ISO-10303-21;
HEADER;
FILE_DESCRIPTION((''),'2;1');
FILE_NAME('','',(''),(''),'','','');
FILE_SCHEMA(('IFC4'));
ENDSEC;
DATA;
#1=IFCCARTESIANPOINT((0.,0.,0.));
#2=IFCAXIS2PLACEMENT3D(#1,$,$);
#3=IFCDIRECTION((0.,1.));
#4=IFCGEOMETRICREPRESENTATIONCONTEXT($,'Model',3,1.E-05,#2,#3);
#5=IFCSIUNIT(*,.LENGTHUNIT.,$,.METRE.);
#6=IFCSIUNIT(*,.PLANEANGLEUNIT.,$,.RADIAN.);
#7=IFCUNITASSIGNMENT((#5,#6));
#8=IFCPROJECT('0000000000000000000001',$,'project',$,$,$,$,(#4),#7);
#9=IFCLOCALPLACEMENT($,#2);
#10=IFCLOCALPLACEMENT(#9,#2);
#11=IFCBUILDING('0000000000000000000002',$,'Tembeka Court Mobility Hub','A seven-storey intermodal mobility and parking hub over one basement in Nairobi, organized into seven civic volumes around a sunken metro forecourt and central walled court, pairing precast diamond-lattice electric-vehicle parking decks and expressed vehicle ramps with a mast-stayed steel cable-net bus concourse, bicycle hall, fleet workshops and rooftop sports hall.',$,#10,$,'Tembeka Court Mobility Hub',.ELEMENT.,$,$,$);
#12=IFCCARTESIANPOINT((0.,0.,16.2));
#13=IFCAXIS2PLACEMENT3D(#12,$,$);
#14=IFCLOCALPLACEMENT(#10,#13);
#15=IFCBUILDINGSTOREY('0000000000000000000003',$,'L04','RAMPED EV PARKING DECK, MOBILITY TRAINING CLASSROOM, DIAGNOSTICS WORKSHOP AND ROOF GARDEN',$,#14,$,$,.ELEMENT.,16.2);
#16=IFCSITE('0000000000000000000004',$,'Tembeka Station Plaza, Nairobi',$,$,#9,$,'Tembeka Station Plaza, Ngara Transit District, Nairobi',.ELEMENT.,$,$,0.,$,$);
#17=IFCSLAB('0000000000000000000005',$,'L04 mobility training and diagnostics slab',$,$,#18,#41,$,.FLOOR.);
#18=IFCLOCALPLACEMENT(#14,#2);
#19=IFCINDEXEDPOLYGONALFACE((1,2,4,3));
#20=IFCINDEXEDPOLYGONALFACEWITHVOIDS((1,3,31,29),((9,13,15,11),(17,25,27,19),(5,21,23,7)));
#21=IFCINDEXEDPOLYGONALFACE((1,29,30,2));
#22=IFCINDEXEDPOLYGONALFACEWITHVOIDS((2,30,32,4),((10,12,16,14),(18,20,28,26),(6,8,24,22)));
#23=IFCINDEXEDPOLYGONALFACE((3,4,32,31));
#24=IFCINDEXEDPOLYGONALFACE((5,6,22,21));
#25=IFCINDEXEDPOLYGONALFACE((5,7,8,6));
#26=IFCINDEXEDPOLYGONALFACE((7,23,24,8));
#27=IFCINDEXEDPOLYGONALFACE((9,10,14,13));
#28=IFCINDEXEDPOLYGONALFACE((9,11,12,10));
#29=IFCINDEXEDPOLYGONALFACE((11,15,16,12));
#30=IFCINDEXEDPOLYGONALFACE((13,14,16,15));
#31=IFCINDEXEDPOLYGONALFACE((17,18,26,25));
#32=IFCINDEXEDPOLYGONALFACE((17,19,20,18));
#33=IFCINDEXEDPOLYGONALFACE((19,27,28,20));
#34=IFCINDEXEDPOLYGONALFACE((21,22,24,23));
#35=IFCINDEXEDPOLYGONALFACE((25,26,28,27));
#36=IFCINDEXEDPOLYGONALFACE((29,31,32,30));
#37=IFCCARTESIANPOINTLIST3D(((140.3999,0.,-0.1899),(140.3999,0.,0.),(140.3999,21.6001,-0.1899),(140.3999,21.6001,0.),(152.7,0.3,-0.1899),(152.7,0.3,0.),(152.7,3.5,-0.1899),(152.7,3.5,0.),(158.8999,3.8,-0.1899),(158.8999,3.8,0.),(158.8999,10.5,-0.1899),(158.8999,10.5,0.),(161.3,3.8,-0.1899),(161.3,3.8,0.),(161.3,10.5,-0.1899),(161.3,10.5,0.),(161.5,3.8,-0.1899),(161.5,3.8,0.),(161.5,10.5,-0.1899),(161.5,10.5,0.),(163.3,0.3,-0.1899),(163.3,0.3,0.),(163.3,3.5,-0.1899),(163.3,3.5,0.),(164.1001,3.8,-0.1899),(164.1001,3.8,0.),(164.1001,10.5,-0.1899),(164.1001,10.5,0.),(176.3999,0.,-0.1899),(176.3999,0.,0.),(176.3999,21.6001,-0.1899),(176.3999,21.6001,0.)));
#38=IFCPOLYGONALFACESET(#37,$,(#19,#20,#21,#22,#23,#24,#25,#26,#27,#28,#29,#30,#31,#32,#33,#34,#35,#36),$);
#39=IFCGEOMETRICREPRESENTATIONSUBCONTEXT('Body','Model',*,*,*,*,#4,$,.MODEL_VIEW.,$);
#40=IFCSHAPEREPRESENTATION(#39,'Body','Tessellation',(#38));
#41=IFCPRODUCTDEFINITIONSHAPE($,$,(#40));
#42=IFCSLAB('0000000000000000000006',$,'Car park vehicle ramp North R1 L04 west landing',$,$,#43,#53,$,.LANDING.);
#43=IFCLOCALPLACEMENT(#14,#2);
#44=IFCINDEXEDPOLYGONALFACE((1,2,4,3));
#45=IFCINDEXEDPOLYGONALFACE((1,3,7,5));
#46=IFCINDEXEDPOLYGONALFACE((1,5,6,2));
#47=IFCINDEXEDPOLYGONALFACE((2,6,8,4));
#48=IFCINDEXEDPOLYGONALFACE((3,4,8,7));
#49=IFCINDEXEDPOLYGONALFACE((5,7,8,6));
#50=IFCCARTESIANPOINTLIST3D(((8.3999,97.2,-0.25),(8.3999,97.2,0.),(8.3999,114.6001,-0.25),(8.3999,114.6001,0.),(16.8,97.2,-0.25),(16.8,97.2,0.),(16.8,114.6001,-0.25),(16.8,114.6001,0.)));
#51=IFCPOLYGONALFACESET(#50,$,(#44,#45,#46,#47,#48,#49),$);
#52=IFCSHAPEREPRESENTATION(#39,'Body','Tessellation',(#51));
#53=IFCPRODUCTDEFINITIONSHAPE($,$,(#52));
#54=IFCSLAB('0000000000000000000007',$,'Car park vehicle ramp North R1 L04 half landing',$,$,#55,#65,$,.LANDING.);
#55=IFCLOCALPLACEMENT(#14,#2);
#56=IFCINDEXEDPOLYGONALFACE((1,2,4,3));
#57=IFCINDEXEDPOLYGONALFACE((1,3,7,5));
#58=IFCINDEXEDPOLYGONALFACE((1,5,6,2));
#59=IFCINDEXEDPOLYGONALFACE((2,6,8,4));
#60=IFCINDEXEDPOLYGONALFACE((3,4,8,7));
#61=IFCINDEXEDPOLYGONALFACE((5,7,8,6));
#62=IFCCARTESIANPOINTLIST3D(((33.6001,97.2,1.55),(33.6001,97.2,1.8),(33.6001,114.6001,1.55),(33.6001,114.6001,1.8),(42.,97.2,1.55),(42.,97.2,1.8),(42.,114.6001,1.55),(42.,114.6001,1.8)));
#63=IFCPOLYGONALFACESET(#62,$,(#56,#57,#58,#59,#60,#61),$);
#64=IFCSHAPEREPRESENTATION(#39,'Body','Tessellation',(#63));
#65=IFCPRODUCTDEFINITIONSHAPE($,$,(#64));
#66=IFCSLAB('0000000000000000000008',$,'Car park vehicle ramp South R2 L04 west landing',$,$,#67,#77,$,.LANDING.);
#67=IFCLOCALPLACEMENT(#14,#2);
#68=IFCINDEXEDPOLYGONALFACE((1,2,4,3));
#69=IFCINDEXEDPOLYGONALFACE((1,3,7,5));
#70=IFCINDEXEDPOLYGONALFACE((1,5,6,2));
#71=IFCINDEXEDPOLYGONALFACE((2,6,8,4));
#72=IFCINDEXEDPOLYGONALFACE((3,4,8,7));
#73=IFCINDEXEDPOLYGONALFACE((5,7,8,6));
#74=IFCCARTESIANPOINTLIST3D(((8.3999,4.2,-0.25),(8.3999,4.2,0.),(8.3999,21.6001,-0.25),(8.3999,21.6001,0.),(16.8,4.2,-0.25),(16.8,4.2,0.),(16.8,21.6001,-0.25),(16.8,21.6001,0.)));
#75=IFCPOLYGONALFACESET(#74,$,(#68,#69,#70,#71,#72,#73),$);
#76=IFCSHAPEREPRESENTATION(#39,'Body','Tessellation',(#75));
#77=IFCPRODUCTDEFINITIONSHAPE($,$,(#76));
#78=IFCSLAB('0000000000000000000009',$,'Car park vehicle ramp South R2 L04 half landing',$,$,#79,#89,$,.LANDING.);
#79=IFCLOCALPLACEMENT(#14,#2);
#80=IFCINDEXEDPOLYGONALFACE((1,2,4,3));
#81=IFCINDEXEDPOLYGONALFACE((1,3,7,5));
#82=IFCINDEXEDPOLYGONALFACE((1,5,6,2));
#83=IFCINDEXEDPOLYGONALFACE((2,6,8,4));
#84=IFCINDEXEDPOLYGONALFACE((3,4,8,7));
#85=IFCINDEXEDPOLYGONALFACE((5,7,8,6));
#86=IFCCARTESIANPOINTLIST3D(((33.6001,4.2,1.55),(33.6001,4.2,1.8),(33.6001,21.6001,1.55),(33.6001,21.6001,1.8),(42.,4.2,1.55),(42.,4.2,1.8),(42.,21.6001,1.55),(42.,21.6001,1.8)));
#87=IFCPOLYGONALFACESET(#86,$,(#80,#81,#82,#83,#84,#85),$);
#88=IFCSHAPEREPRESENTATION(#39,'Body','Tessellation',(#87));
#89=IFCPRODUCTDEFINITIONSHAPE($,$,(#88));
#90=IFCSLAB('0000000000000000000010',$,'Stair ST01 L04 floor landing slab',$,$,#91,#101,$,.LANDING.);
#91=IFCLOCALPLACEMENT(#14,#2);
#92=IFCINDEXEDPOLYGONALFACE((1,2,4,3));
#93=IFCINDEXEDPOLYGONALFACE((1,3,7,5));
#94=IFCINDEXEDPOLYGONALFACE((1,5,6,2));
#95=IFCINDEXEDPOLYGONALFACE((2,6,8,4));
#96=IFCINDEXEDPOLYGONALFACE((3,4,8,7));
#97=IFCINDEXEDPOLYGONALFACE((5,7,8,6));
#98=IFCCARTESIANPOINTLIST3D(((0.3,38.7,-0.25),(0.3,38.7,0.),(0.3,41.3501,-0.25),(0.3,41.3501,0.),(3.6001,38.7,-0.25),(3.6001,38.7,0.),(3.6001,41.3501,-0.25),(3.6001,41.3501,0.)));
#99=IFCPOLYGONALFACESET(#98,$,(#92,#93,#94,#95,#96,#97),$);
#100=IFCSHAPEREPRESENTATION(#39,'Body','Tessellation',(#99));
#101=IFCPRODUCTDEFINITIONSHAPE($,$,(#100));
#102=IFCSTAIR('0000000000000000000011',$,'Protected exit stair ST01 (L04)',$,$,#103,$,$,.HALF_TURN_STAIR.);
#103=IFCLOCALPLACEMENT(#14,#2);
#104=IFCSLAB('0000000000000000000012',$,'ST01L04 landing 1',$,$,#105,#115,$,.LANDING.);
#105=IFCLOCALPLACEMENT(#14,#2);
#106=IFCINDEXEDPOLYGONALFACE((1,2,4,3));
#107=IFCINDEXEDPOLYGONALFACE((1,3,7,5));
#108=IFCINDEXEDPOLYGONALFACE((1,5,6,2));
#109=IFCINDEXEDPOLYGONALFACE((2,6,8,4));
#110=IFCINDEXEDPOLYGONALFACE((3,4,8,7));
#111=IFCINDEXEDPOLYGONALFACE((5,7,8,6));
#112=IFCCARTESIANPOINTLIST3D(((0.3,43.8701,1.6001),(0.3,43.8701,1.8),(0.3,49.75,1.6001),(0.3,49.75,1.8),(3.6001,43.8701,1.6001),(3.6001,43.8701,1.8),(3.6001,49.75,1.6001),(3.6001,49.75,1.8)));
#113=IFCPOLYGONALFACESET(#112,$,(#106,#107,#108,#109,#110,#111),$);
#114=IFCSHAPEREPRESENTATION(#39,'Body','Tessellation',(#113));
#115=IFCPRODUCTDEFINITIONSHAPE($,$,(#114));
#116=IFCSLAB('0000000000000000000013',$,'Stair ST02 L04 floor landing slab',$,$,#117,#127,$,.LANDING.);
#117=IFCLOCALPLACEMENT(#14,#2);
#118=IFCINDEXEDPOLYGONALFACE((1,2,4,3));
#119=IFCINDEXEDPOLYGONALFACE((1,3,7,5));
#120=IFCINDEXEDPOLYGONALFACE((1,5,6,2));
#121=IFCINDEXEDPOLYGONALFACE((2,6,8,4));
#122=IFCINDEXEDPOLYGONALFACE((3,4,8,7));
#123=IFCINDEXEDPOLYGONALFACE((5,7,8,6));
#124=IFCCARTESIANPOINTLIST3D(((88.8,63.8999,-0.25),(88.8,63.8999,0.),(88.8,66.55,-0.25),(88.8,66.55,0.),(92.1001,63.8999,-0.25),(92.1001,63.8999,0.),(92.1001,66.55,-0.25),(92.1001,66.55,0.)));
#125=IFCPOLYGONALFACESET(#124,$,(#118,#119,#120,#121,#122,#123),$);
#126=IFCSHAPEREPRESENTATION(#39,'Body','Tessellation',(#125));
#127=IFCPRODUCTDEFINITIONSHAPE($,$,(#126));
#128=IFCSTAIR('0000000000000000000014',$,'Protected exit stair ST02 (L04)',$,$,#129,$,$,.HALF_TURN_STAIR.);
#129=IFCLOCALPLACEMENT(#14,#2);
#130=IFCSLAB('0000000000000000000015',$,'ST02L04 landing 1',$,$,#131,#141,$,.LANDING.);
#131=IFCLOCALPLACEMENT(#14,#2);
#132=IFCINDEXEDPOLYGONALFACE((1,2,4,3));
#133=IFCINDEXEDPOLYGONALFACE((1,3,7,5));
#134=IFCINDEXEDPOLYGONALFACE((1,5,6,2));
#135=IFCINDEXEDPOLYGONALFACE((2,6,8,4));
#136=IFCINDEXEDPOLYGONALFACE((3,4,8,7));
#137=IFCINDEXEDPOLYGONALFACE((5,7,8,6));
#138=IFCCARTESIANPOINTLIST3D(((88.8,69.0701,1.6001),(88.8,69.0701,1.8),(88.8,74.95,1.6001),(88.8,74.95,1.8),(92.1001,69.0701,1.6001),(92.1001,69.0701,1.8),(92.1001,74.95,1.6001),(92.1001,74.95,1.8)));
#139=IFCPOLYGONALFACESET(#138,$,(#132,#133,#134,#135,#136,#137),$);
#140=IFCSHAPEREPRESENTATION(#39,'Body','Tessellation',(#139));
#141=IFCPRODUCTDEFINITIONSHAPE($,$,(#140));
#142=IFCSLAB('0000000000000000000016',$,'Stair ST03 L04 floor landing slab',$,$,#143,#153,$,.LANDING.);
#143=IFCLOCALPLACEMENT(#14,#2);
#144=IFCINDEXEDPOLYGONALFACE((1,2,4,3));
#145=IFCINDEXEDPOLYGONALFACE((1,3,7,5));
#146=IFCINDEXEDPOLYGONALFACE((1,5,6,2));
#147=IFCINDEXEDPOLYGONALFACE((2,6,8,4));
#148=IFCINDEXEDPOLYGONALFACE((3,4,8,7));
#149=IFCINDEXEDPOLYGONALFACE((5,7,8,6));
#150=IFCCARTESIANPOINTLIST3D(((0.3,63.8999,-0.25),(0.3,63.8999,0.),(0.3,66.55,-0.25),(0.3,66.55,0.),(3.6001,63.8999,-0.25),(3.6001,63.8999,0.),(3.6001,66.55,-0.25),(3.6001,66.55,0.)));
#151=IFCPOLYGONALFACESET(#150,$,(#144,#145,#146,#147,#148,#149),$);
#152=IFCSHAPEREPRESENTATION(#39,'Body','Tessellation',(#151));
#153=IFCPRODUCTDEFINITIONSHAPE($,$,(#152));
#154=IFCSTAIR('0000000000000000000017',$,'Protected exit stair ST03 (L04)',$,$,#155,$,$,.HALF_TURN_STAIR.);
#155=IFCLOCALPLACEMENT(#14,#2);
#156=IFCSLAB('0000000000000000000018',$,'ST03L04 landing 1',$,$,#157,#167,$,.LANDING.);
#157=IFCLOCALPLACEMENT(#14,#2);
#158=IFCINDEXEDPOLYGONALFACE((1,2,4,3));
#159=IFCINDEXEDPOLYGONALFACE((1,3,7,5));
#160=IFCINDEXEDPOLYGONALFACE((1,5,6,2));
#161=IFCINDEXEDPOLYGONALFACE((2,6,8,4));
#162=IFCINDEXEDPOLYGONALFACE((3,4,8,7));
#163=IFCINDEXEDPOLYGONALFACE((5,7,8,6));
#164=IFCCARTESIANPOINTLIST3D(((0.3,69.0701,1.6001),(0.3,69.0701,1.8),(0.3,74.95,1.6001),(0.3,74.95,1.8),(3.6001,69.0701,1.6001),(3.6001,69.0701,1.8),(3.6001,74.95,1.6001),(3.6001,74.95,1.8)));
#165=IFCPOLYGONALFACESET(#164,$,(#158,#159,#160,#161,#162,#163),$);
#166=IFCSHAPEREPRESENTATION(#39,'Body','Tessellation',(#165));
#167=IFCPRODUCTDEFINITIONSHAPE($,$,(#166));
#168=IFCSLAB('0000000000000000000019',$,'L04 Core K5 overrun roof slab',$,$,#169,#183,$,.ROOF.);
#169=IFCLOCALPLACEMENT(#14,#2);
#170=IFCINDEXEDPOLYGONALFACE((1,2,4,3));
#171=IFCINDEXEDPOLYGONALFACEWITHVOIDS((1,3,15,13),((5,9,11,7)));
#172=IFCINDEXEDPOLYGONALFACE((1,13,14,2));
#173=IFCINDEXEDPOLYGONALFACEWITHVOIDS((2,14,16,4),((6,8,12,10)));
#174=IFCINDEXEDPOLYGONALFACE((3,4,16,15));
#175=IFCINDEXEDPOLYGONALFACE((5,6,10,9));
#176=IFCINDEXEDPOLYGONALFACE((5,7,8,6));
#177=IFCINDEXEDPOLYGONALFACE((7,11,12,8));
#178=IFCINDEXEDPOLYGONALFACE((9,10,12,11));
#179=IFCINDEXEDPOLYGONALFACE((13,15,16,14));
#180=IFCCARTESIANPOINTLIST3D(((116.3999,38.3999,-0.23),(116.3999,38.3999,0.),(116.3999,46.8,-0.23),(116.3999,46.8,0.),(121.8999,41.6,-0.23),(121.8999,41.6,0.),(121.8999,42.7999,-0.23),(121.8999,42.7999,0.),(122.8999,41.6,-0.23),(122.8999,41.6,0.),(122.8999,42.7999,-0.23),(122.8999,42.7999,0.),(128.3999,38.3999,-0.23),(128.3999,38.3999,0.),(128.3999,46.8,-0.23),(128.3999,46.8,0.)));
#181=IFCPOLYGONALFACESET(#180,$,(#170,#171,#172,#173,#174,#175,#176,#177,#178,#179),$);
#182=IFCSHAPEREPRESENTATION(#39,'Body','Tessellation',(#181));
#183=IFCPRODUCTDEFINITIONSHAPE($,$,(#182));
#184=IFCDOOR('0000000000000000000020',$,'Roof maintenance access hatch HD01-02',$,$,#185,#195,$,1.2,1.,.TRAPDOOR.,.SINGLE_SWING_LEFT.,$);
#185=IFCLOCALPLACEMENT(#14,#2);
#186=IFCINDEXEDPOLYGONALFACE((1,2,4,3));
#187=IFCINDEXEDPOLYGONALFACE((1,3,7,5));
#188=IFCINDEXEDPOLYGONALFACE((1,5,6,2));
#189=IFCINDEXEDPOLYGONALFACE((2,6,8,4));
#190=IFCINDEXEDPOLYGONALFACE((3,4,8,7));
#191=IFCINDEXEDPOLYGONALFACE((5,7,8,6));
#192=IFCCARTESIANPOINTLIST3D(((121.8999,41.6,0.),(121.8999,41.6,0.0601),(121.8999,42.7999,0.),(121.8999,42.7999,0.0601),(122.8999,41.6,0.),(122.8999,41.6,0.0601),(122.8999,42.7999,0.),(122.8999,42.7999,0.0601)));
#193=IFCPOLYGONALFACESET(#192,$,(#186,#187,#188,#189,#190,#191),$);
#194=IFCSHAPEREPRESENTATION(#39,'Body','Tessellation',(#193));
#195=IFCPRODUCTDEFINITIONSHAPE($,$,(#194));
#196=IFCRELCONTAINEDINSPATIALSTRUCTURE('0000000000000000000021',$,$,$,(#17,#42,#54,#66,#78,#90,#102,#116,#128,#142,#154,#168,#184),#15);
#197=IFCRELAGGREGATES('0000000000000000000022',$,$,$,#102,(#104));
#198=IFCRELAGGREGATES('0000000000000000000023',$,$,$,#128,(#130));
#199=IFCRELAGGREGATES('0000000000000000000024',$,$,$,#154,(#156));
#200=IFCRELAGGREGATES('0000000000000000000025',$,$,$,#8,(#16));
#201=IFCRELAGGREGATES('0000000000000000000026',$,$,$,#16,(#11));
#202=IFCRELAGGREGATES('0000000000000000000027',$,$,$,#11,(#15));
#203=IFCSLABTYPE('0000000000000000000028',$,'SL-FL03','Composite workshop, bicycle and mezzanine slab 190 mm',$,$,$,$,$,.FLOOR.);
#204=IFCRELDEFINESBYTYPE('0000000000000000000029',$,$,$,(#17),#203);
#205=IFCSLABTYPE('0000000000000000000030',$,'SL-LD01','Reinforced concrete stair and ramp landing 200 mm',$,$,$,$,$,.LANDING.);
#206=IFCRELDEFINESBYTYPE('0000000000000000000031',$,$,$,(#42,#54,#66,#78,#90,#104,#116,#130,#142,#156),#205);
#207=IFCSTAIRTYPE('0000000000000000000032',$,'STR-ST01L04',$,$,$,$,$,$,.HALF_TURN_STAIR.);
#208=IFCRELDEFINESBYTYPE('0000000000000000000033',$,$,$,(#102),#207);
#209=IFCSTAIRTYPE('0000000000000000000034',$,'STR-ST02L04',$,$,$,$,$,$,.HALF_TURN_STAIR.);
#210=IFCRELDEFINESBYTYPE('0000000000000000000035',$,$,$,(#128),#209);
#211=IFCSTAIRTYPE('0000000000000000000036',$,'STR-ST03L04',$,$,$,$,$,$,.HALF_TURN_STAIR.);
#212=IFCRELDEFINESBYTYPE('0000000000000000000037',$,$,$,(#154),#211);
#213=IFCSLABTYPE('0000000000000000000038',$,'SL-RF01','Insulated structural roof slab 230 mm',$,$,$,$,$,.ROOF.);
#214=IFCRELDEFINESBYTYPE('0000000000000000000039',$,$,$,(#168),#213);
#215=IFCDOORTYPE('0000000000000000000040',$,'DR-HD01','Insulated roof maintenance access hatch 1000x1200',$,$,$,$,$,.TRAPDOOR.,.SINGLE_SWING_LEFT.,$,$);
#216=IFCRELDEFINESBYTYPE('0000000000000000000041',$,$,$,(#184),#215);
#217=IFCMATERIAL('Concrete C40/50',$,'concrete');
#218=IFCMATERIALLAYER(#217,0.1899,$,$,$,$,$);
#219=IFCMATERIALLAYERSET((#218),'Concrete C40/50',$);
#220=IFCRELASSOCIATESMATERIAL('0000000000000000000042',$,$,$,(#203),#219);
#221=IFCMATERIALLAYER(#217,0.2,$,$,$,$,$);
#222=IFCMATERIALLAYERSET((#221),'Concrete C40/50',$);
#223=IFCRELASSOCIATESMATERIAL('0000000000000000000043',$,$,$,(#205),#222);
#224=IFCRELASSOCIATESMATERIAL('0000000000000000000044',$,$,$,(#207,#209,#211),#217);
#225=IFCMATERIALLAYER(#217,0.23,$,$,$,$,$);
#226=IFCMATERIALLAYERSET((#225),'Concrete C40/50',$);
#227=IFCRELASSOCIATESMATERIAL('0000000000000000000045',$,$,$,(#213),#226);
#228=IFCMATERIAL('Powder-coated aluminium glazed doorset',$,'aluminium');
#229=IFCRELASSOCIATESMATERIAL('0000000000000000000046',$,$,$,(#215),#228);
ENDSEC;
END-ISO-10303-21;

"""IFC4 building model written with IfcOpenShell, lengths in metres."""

from ifc_helpers import new_model, si_unit, direction, frame, origin, origin_2d, place, context, subcontext, project, spatial, polyline, rectangle, outline, extrude, material, layer, layer_set, type_object, element, fill, aggregate, save


model = new_model("IFC4")

# Units and contexts
model_context = context("Model", 3, precision=1e-05, world=origin(), true_north=direction((0.0, 1.0)))
body_context = subcontext(model_context, "Body", "Model", "MODEL_VIEW")
ifc_project = project(units=[si_unit("LENGTHUNIT", "METRE"), si_unit("PLANEANGLEUNIT", "RADIAN")], contexts=[model_context])

# Site, building, storey
site_placement = place(None, origin())
site = spatial("IfcSite", under=ifc_project, at=site_placement, Name="Tembeka Station Plaza, Nairobi", LongName="Tembeka Station Plaza, Ngara Transit District, Nairobi", CompositionType="ELEMENT", RefElevation=0.0)
building_placement = place(site_placement, origin())
building = spatial("IfcBuilding", under=site, at=building_placement, Name="Tembeka Court Mobility Hub", Description="A seven-storey intermodal mobility and parking hub over one basement in Nairobi, organized into seven civic volumes around a sunken metro forecourt and central walled court, pairing precast diamond-lattice electric-vehicle parking decks and expressed vehicle ramps with a mast-stayed steel cable-net bus concourse, bicycle hall, fleet workshops and rooftop sports hall.", LongName="Tembeka Court Mobility Hub", CompositionType="ELEMENT")
storey_placement = place(building_placement, frame((0.0, 0.0, 16.2)))
storey = spatial("IfcBuildingStorey", under=building, at=storey_placement, Name="L04", Description="RAMPED EV PARKING DECK, MOBILITY TRAINING CLASSROOM, DIAGNOSTICS WORKSHOP AND ROOF GARDEN", CompositionType="ELEMENT", Elevation=16.2)

# Slabs
ifc_material_1 = material(Name="Concrete C40/50", Category="concrete")
ifc_layer_1 = layer(ifc_material_1, 0.1899)
ifc_layer_set_1 = layer_set([ifc_layer_1], Name="Concrete C40/50")
slab_type_1 = type_object("IfcSlabType", Name="SL-FL03", Description="Composite workshop, bicycle and mezzanine slab 190 mm", PredefinedType="FLOOR", material=ifc_layer_set_1)
slab_1_placement = place(storey_placement, frame((0.0, 0.0, -0.1899)))
element("IfcSlab", 1, at=slab_1_placement, inside=storey, type_object=slab_type_1, Name="L04 mobility training and diagnostics slab", PredefinedType="FLOOR", context=body_context, shape_type="SweptSolid", body=[
    extrude(outline(polyline([(140.3999, 0.0), (176.3999, 0.0), (176.3999, 21.6001), (140.3999, 21.6001), (140.3999, 0.0)]), holes=[polyline([(152.7, 3.5), (163.3, 3.5), (163.3, 0.3), (152.7, 0.3), (152.7, 3.5)]), polyline([(158.8999, 10.5), (161.3, 10.5), (161.3, 3.8), (158.8999, 3.8), (158.8999, 10.5)]), polyline([(161.5, 10.5), (164.1001, 10.5), (164.1001, 3.8), (161.5, 3.8), (161.5, 10.5)])]), origin(), (0.0, 0.0, 1.0), 0.1899),
])
ifc_layer_2 = layer(ifc_material_1, 0.2)
ifc_layer_set_2 = layer_set([ifc_layer_2], Name="Concrete C40/50")
slab_type_2 = type_object("IfcSlabType", Name="SL-LD01", Description="Reinforced concrete stair and ramp landing 200 mm", PredefinedType="LANDING", material=ifc_layer_set_2)
slab_2_placement = place(storey_placement, frame((0.0, 0.0, -0.25)))
element("IfcSlab", 2, at=slab_2_placement, inside=storey, type_object=slab_type_2, Name="Car park vehicle ramp North R1 L04 west landing", PredefinedType="LANDING", context=body_context, shape_type="SweptSolid", body=[
    extrude(outline(polyline([(8.3999, 97.2), (16.8, 97.2), (16.8, 114.6001), (8.3999, 114.6001), (8.3999, 97.2)])), origin(), (0.0, 0.0, 1.0), 0.25),
])
slab_3_placement = place(storey_placement, frame((0.0, 0.0, 1.55)))
element("IfcSlab", 3, at=slab_3_placement, inside=storey, type_object=slab_type_2, Name="Car park vehicle ramp North R1 L04 half landing", PredefinedType="LANDING", context=body_context, shape_type="SweptSolid", body=[
    extrude(outline(polyline([(33.6001, 97.2), (42.0, 97.2), (42.0, 114.6001), (33.6001, 114.6001), (33.6001, 97.2)])), origin(), (0.0, 0.0, 1.0), 0.25),
])
slab_4_placement = place(storey_placement, frame((0.0, 0.0, -0.25)))
element("IfcSlab", 4, at=slab_4_placement, inside=storey, type_object=slab_type_2, Name="Car park vehicle ramp South R2 L04 west landing", PredefinedType="LANDING", context=body_context, shape_type="SweptSolid", body=[
    extrude(outline(polyline([(8.3999, 4.2), (16.8, 4.2), (16.8, 21.6001), (8.3999, 21.6001), (8.3999, 4.2)])), origin(), (0.0, 0.0, 1.0), 0.25),
])
slab_5_placement = place(storey_placement, frame((0.0, 0.0, 1.55)))
element("IfcSlab", 5, at=slab_5_placement, inside=storey, type_object=slab_type_2, Name="Car park vehicle ramp South R2 L04 half landing", PredefinedType="LANDING", context=body_context, shape_type="SweptSolid", body=[
    extrude(outline(polyline([(33.6001, 4.2), (42.0, 4.2), (42.0, 21.6001), (33.6001, 21.6001), (33.6001, 4.2)])), origin(), (0.0, 0.0, 1.0), 0.25),
])
slab_6_placement = place(storey_placement, frame((0.0, 0.0, -0.25)))
element("IfcSlab", 6, at=slab_6_placement, inside=storey, type_object=slab_type_2, Name="Stair ST01 L04 floor landing slab", PredefinedType="LANDING", context=body_context, shape_type="SweptSolid", body=[
    extrude(outline(polyline([(0.3, 38.7), (3.6001, 38.7), (3.6001, 41.3501), (0.3, 41.3501), (0.3, 38.7)])), origin(), (0.0, 0.0, 1.0), 0.25),
])

# Stair, slab
stair_type_1 = type_object("IfcStairType", Name="STR-ST01L04", PredefinedType="HALF_TURN_STAIR", material=ifc_material_1)
stair_1_placement = place(storey_placement, origin())
stair_1 = element("IfcStair", 7, at=stair_1_placement, inside=storey, type_object=stair_type_1, Name="Protected exit stair ST01 (L04)", PredefinedType="HALF_TURN_STAIR")
slab_7_placement = place(storey_placement, frame((0.0, 0.0, 1.6001)))
slab_7 = element("IfcSlab", 8, at=slab_7_placement, type_object=slab_type_2, Name="ST01L04 landing 1", PredefinedType="LANDING", context=body_context, shape_type="SweptSolid", body=[
    extrude(outline(polyline([(3.6001, 43.8701), (3.6001, 49.75), (0.3, 49.75), (0.3, 43.8701), (3.6001, 43.8701)])), origin(), (0.0, 0.0, 1.0), 0.2),
])
aggregate(stair_1, [slab_7])

# Slab
slab_8_placement = place(storey_placement, frame((0.0, 0.0, -0.25)))
element("IfcSlab", 9, at=slab_8_placement, inside=storey, type_object=slab_type_2, Name="Stair ST02 L04 floor landing slab", PredefinedType="LANDING", context=body_context, shape_type="SweptSolid", body=[
    extrude(outline(polyline([(88.8, 63.8999), (92.1001, 63.8999), (92.1001, 66.55), (88.8, 66.55), (88.8, 63.8999)])), origin(), (0.0, 0.0, 1.0), 0.25),
])

# Stair, slab
stair_type_2 = type_object("IfcStairType", Name="STR-ST02L04", PredefinedType="HALF_TURN_STAIR", material=ifc_material_1)
stair_2_placement = place(storey_placement, origin())
stair_2 = element("IfcStair", 10, at=stair_2_placement, inside=storey, type_object=stair_type_2, Name="Protected exit stair ST02 (L04)", PredefinedType="HALF_TURN_STAIR")
slab_9_placement = place(storey_placement, frame((0.0, 0.0, 1.6001)))
slab_9 = element("IfcSlab", 11, at=slab_9_placement, type_object=slab_type_2, Name="ST02L04 landing 1", PredefinedType="LANDING", context=body_context, shape_type="SweptSolid", body=[
    extrude(outline(polyline([(92.1001, 69.0701), (92.1001, 74.95), (88.8, 74.95), (88.8, 69.0701), (92.1001, 69.0701)])), origin(), (0.0, 0.0, 1.0), 0.2),
])
aggregate(stair_2, [slab_9])

# Slab
slab_10_placement = place(storey_placement, frame((0.0, 0.0, -0.25)))
element("IfcSlab", 12, at=slab_10_placement, inside=storey, type_object=slab_type_2, Name="Stair ST03 L04 floor landing slab", PredefinedType="LANDING", context=body_context, shape_type="SweptSolid", body=[
    extrude(outline(polyline([(0.3, 63.8999), (3.6001, 63.8999), (3.6001, 66.55), (0.3, 66.55), (0.3, 63.8999)])), origin(), (0.0, 0.0, 1.0), 0.25),
])

# Stair, slab
stair_type_3 = type_object("IfcStairType", Name="STR-ST03L04", PredefinedType="HALF_TURN_STAIR", material=ifc_material_1)
stair_3_placement = place(storey_placement, origin())
stair_3 = element("IfcStair", 13, at=stair_3_placement, inside=storey, type_object=stair_type_3, Name="Protected exit stair ST03 (L04)", PredefinedType="HALF_TURN_STAIR")
slab_11_placement = place(storey_placement, frame((0.0, 0.0, 1.6001)))
slab_11 = element("IfcSlab", 14, at=slab_11_placement, type_object=slab_type_2, Name="ST03L04 landing 1", PredefinedType="LANDING", context=body_context, shape_type="SweptSolid", body=[
    extrude(outline(polyline([(3.6001, 69.0701), (3.6001, 74.95), (0.3, 74.95), (0.3, 69.0701), (3.6001, 69.0701)])), origin(), (0.0, 0.0, 1.0), 0.2),
])
aggregate(stair_3, [slab_11])

# Slab, opening, door
ifc_layer_3 = layer(ifc_material_1, 0.23)
ifc_layer_set_3 = layer_set([ifc_layer_3], Name="Concrete C40/50")
slab_type_3 = type_object("IfcSlabType", Name="SL-RF01", Description="Insulated structural roof slab 230 mm", PredefinedType="ROOF", material=ifc_layer_set_3)
slab_12_placement = place(storey_placement, frame((0.0, 0.0, -0.23)))
slab_12 = element("IfcSlab", 15, at=slab_12_placement, inside=storey, type_object=slab_type_3, Name="L04 Core K5 overrun roof slab", PredefinedType="ROOF", context=body_context, shape_type="SweptSolid", body=[
    extrude(outline(polyline([(116.3999, 38.3999), (128.3999, 38.3999), (128.3999, 46.8), (116.3999, 46.8), (116.3999, 38.3999)])), origin(), (0.0, 0.0, 1.0), 0.23),
])
opening_placement = place(slab_12_placement, frame((122.3999, 42.2, -0.01)))
opening = element("IfcOpeningElement", 16, at=opening_placement, cuts=slab_12, PredefinedType="OPENING", context=body_context, shape_type="SweptSolid", body=[
    extrude(rectangle(XDim=1.0, YDim=1.2, at=origin_2d()), origin(), (0.0, 0.0, 1.0), 0.3201),
])
ifc_material_2 = material(Name="Powder-coated aluminium glazed doorset", Category="aluminium")
door_type = type_object("IfcDoorType", Name="DR-HD01", Description="Insulated roof maintenance access hatch 1000x1200", OperationType="SINGLE_SWING_LEFT", PredefinedType="TRAPDOOR", material=ifc_material_2)
door_placement = place(opening_placement, frame((0.0, 0.0, 0.24)))
door = element("IfcDoor", 17, at=door_placement, inside=storey, type_object=door_type, Name="Roof maintenance access hatch HD01-02", OperationType="SINGLE_SWING_LEFT", OverallHeight=1.2, OverallWidth=1.0, PredefinedType="TRAPDOOR", context=body_context, shape_type="SweptSolid", body=[
    extrude(rectangle(XDim=1.0, YDim=1.2, at=origin_2d()), origin(), (0.0, 0.0, 1.0), 0.0601),
])
fill(opening, door)

save(model, "model.ifc")
